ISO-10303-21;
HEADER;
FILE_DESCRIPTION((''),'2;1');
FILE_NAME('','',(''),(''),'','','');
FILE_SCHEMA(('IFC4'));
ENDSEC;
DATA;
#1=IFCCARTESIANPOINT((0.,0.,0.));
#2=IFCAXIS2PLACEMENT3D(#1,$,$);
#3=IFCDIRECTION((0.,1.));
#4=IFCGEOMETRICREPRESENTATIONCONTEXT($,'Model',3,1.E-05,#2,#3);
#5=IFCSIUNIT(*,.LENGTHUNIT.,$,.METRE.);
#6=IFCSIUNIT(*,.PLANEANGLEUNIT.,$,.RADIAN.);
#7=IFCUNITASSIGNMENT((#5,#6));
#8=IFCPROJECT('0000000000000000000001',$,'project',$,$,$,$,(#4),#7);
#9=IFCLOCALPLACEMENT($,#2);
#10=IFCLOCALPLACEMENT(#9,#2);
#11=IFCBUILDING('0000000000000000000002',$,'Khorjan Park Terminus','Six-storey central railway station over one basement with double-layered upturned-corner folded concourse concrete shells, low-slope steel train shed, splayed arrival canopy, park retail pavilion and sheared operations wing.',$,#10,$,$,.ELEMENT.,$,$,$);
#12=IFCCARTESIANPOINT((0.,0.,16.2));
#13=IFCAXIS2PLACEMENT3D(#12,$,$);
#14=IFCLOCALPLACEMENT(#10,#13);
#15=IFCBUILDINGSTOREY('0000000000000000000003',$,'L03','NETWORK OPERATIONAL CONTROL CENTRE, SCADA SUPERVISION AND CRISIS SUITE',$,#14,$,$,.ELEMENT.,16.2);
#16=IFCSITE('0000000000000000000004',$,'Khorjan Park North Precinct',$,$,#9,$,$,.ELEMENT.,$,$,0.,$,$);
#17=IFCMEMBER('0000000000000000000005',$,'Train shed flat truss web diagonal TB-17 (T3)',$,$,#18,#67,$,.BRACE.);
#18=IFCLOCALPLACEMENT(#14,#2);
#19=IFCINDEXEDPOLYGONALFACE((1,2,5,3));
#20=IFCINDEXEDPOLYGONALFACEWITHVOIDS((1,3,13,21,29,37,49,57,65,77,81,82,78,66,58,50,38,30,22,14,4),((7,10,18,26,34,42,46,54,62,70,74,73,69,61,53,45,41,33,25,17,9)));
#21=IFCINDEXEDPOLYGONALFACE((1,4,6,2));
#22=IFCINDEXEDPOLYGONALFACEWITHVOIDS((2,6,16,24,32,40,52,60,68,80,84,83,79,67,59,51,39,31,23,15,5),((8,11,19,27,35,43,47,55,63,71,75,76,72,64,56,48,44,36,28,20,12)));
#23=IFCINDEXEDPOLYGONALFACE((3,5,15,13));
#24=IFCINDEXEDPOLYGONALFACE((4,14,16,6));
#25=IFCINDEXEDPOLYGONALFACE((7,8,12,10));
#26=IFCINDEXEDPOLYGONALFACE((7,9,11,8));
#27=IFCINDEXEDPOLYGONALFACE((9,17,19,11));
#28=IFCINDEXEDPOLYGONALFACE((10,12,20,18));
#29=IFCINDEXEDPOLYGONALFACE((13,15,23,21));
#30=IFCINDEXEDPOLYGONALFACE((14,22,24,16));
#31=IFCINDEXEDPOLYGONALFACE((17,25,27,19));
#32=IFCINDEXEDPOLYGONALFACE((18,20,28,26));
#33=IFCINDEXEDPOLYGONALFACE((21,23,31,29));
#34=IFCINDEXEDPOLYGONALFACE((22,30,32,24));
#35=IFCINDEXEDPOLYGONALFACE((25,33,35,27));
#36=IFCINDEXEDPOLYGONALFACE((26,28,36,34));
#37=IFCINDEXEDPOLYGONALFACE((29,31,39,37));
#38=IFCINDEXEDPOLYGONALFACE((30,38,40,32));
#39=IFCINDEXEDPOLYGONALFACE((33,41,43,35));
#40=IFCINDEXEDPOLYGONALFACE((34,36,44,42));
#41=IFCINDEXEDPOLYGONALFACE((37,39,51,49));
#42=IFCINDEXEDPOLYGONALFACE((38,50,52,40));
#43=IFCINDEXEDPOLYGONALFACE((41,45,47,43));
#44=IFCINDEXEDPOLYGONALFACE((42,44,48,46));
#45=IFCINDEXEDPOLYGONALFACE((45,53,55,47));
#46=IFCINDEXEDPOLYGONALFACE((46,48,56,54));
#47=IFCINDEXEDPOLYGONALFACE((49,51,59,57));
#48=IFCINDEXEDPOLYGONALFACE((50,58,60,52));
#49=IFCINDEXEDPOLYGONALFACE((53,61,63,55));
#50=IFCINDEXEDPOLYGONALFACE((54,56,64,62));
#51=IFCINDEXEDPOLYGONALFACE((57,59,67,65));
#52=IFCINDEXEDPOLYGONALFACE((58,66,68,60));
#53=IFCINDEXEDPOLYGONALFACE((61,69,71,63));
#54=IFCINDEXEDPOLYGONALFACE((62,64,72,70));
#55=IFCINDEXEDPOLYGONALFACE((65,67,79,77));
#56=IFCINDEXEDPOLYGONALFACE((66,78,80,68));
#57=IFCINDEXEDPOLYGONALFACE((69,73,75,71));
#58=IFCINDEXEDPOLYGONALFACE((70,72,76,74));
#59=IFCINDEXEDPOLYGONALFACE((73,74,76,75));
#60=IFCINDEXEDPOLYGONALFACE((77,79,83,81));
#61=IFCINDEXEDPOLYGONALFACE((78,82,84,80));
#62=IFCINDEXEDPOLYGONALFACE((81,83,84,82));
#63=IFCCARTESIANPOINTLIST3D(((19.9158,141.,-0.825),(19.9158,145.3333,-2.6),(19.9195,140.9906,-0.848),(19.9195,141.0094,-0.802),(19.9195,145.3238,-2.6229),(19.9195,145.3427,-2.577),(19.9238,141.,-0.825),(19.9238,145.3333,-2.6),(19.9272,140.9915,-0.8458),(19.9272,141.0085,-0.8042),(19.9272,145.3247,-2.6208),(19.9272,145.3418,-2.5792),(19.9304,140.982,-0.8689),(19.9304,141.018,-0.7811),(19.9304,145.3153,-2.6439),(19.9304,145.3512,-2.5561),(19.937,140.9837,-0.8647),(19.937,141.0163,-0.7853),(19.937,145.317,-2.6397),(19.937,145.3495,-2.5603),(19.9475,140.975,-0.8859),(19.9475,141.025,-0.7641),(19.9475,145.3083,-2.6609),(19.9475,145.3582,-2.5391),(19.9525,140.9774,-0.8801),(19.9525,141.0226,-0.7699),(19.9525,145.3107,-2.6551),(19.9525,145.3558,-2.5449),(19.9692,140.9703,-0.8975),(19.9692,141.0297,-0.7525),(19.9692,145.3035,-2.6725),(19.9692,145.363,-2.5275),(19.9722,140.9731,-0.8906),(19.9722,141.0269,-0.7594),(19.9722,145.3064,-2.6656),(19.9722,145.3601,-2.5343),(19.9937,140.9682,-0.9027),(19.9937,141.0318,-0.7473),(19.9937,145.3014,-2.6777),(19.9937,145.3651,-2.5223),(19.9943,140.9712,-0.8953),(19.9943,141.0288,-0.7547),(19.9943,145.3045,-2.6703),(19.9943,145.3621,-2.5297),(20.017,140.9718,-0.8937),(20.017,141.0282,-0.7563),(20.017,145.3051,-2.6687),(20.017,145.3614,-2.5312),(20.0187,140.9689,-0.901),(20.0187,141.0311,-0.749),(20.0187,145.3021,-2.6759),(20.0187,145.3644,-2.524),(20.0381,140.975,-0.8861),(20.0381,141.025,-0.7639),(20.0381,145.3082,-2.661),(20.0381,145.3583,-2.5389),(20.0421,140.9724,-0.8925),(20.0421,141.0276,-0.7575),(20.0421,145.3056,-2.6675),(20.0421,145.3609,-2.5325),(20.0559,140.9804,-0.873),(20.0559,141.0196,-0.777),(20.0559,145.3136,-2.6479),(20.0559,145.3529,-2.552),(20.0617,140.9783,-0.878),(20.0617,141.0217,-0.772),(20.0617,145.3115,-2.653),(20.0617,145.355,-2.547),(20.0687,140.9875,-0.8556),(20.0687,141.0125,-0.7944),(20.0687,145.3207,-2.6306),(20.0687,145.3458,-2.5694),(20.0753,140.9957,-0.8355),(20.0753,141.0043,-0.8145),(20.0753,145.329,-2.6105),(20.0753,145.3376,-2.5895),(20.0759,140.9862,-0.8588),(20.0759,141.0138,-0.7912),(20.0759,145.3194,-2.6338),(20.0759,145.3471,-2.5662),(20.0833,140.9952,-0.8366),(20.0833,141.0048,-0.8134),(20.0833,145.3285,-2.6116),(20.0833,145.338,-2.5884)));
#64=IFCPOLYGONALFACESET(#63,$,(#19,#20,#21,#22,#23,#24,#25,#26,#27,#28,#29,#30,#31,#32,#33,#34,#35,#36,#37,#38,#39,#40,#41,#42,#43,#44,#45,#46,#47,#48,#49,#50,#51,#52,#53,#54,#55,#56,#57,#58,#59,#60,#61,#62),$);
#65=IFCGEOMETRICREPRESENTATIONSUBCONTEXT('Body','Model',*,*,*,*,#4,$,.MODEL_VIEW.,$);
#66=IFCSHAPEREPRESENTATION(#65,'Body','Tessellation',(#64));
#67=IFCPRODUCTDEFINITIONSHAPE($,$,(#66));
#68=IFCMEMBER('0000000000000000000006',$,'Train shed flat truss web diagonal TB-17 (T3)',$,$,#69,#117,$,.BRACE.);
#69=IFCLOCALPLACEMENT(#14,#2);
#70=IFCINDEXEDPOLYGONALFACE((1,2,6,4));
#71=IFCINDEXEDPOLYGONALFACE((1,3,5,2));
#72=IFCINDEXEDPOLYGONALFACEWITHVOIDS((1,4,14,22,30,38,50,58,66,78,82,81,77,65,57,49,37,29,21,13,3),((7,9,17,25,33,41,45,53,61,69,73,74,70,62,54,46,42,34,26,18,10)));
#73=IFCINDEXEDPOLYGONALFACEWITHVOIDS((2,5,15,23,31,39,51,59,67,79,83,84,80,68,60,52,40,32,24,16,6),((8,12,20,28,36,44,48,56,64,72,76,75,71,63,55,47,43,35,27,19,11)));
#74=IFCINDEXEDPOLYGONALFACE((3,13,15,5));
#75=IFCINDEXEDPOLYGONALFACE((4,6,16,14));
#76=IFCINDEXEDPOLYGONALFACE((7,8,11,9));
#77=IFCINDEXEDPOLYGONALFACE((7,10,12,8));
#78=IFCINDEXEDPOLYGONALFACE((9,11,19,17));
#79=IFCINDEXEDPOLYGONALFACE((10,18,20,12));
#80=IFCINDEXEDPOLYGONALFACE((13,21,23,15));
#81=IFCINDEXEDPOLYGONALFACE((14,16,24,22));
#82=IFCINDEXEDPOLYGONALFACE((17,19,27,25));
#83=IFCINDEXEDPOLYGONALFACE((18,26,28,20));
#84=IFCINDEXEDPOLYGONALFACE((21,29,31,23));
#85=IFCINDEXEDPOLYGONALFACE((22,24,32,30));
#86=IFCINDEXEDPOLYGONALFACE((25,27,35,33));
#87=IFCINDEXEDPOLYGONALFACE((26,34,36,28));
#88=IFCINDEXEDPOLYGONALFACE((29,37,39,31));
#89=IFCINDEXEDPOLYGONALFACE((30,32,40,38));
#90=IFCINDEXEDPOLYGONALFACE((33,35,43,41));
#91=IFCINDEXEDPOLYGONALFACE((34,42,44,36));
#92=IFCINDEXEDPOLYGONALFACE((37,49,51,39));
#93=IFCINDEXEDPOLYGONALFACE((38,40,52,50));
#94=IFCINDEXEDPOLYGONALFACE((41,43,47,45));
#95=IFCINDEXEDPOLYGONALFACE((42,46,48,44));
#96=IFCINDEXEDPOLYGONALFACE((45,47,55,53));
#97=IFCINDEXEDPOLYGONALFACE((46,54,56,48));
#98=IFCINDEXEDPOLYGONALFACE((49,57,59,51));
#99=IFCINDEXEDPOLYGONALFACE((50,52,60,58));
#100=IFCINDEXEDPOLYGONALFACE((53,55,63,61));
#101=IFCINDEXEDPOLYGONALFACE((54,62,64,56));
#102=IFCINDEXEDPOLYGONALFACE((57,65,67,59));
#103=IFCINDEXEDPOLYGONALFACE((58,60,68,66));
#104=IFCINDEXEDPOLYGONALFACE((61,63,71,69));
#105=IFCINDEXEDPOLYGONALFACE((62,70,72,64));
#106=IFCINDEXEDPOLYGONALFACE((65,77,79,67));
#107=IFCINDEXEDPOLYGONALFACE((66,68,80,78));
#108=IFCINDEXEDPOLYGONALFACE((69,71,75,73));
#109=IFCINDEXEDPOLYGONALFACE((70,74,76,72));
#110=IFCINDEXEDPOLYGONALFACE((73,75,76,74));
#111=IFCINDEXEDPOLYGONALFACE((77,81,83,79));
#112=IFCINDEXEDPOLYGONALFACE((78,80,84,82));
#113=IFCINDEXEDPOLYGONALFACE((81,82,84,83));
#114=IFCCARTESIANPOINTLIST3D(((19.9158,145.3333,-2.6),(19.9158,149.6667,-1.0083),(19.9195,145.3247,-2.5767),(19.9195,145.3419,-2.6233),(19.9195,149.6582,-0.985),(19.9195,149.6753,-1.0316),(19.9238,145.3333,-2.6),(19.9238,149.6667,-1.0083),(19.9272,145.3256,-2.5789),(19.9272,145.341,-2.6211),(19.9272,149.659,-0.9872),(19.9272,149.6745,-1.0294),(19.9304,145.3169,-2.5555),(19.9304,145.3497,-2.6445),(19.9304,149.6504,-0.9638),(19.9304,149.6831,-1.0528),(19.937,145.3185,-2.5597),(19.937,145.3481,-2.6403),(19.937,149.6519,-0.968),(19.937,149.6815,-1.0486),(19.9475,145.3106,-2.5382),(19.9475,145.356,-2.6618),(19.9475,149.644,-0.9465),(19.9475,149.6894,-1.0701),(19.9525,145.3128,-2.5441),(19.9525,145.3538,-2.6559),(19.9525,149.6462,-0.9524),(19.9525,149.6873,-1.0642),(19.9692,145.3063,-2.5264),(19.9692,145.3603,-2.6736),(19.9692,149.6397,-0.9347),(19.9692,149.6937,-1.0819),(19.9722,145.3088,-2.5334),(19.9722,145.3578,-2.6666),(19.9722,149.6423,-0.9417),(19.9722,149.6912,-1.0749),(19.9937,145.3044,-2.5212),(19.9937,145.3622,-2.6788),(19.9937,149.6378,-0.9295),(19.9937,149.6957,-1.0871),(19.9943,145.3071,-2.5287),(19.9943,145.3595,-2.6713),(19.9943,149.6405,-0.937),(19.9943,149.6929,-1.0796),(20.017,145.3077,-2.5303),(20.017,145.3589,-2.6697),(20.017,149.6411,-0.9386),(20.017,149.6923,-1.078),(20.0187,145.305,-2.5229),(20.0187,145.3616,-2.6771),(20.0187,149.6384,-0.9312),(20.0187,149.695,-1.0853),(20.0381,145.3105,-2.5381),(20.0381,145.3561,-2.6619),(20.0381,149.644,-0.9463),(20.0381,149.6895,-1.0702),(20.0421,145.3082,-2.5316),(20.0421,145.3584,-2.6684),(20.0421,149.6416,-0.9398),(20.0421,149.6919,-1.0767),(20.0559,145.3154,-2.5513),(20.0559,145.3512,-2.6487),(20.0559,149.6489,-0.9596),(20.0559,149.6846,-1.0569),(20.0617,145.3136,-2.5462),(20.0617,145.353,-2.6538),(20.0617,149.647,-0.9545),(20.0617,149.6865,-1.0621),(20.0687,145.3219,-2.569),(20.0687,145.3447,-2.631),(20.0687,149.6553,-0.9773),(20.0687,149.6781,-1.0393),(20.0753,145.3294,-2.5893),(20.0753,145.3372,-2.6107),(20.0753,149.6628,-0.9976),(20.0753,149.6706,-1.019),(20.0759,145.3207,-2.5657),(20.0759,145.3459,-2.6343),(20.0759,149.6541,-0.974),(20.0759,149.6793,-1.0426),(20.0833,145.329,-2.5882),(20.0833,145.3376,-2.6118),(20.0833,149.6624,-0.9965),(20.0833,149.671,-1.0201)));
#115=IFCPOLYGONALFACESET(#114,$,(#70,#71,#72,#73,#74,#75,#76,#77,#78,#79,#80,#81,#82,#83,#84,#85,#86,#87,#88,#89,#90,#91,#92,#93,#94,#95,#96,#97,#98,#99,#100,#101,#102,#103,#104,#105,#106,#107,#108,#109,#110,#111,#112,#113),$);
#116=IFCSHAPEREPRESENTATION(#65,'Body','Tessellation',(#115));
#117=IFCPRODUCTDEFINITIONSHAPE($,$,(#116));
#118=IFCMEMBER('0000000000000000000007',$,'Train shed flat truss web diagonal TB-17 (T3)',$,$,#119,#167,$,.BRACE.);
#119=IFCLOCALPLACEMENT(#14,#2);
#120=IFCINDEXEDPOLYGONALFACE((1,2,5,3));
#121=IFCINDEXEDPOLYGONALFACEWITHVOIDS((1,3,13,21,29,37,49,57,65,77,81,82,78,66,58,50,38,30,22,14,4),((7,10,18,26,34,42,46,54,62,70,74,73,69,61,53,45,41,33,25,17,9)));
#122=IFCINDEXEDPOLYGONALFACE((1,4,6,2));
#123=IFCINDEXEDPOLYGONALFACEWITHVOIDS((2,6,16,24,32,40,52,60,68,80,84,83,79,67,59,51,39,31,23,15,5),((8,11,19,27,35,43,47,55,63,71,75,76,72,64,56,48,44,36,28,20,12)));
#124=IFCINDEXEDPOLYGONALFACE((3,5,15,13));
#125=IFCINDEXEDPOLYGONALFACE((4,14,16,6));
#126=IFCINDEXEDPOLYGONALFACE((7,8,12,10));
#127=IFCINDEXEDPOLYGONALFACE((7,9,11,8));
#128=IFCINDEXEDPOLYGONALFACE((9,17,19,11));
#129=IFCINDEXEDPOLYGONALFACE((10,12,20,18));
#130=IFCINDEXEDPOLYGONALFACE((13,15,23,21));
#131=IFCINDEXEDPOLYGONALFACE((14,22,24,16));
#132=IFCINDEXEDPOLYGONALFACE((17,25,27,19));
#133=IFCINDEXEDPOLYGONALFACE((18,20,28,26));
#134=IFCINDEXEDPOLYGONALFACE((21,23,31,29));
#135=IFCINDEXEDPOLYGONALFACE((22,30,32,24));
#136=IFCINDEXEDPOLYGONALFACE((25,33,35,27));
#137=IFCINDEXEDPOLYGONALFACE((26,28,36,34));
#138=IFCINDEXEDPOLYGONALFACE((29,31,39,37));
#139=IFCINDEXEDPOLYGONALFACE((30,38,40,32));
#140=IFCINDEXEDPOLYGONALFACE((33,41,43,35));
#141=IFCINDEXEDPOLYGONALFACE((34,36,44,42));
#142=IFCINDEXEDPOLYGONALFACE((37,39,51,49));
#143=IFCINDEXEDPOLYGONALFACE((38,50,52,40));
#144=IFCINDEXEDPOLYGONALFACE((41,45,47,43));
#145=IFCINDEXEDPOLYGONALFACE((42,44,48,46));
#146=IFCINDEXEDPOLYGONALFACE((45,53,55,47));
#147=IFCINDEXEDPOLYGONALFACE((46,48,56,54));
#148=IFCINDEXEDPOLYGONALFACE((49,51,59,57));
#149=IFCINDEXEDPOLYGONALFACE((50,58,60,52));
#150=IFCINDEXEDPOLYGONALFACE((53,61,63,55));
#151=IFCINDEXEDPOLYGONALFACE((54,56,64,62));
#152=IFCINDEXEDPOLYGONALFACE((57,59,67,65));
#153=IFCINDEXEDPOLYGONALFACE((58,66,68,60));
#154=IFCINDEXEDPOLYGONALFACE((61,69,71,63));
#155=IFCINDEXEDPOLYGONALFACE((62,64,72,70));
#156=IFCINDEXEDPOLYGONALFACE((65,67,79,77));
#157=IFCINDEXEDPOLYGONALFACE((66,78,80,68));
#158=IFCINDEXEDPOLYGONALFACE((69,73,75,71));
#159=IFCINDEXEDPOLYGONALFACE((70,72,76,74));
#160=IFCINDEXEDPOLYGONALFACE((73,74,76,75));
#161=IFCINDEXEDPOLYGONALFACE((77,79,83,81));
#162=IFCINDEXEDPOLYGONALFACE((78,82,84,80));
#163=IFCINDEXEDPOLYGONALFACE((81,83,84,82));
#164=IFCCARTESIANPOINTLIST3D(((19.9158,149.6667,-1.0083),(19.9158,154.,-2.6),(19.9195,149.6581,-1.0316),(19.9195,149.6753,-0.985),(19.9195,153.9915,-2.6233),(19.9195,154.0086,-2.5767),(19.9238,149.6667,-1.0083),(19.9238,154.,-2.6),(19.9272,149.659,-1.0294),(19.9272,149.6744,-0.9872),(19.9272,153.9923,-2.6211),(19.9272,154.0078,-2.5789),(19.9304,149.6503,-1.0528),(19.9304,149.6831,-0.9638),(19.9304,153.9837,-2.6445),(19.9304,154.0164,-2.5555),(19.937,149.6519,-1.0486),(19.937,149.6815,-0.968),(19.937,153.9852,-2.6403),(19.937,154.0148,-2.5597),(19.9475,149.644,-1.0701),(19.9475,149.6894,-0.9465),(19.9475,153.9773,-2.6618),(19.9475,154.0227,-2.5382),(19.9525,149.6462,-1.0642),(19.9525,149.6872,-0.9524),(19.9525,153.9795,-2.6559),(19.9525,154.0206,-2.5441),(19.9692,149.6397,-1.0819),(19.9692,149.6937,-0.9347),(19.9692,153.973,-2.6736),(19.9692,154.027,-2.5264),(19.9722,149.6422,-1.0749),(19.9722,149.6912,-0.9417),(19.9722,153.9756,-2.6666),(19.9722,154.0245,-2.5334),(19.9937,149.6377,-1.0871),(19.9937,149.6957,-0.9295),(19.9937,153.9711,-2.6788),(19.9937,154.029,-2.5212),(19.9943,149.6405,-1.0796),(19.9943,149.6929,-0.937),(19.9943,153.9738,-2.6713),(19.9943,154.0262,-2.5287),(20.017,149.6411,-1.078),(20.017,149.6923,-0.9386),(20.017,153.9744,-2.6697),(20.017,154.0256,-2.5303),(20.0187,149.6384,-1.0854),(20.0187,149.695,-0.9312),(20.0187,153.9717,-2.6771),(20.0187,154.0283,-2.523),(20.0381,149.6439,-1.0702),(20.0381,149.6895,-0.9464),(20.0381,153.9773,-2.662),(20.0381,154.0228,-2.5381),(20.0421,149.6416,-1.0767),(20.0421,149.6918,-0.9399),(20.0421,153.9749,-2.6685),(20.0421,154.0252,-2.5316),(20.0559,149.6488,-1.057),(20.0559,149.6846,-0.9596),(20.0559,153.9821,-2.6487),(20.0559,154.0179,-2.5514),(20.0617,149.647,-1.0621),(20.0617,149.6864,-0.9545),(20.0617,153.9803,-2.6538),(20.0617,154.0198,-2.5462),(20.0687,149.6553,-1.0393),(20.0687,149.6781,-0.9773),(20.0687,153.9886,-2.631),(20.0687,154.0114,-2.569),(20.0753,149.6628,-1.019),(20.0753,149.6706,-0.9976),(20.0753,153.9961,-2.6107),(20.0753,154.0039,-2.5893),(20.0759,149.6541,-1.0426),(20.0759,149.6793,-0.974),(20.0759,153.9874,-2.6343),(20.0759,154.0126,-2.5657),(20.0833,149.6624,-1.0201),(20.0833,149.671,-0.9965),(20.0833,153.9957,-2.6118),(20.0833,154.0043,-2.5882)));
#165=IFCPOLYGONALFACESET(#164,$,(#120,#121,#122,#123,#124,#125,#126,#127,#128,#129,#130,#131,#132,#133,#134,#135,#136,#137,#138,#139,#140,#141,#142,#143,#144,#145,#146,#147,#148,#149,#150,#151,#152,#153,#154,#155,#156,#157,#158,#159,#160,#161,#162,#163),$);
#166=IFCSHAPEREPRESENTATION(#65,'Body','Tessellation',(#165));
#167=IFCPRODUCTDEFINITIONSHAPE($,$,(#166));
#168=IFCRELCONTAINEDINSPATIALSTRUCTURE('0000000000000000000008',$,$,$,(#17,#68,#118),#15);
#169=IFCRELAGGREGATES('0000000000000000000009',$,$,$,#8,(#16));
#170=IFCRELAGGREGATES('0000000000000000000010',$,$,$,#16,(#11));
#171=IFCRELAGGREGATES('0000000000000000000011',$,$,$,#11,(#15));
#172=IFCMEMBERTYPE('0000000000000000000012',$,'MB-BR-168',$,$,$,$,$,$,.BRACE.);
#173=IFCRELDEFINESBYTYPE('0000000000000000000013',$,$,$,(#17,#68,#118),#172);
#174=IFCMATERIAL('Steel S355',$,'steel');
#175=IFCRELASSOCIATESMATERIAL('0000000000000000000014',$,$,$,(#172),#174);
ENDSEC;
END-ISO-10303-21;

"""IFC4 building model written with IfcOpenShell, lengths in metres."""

from ifc_helpers import new_model, si_unit, direction, frame, origin, origin_2d, place, context, subcontext, project, spatial, hollow_circle, extrude, material, material_profile, profile_set, type_object, element, save


model = new_model("IFC4")

# Units and contexts
model_context = context("Model", 3, precision=1e-05, world=origin(), true_north=direction((0.0, 1.0)))
body_context = subcontext(model_context, "Body", "Model", "MODEL_VIEW")
ifc_project = project(units=[si_unit("LENGTHUNIT", "METRE"), si_unit("PLANEANGLEUNIT", "RADIAN")], contexts=[model_context])

# Site, building, storey
site_placement = place(None, origin())
site = spatial("IfcSite", under=ifc_project, at=site_placement, Name="Khorjan Park North Precinct", CompositionType="ELEMENT", RefElevation=0.0)
building_placement = place(site_placement, origin())
building = spatial("IfcBuilding", under=site, at=building_placement, Name="Khorjan Park Terminus", Description="Six-storey central railway station over one basement with double-layered upturned-corner folded concourse concrete shells, low-slope steel train shed, splayed arrival canopy, park retail pavilion and sheared operations wing.", CompositionType="ELEMENT")
storey_placement = place(building_placement, frame((0.0, 0.0, 16.2)))
storey = spatial("IfcBuildingStorey", under=building, at=storey_placement, Name="L03", Description="NETWORK OPERATIONAL CONTROL CENTRE, SCADA SUPERVISION AND CRISIS SUITE", CompositionType="ELEMENT", Elevation=16.2)

# Members
ifc_material = material(Name="Steel S355", Category="steel")
ifc_material_profile_1 = material_profile(ifc_material, hollow_circle(Radius=0.0842, WallThickness=0.008, at=origin_2d()), Name="CHS 168.3x8")
ifc_profile_set_1 = profile_set([ifc_material_profile_1], Name="Steel S355")
member_type_1 = type_object("IfcMemberType", Name="MB-BR-168", PredefinedType="BRACE", material=ifc_profile_set_1)
member_1_placement = place(storey_placement, frame((20.0, 141.0, -0.825), z_axis=(0.0, 0.925376, -0.379051), x_axis=(-1.0, 0.0, 0.0)))
element("IfcMember", 1, at=member_1_placement, inside=storey, type_object=member_type_1, Name="Train shed flat truss web diagonal TB-17 (T3)", PredefinedType="BRACE", context=body_context, shape_type="SweptSolid", body=[
    extrude(hollow_circle(Radius=0.0842, WallThickness=0.008, at=origin_2d()), origin(), (0.0, 0.0, 1.0), 4.6827),
])
member_2_placement = place(storey_placement, frame((20.0, 145.3333, -2.6), z_axis=(0.0, 0.938681, 0.344787), x_axis=(-1.0, 0.0, 0.0)))
element("IfcMember", 2, at=member_2_placement, inside=storey, type_object=member_type_1, Name="Train shed flat truss web diagonal TB-17 (T3)", PredefinedType="BRACE", context=body_context, shape_type="SweptSolid", body=[
    extrude(hollow_circle(Radius=0.0842, WallThickness=0.008, at=origin_2d()), origin(), (0.0, 0.0, 1.0), 4.6165),
])
member_3_placement = place(storey_placement, frame((20.0, 149.6667, -1.0083), z_axis=(0.0, 0.938678, -0.344794), x_axis=(-1.0, 0.0, 0.0)))
element("IfcMember", 3, at=member_3_placement, inside=storey, type_object=member_type_1, Name="Train shed flat truss web diagonal TB-17 (T3)", PredefinedType="BRACE", context=body_context, shape_type="SweptSolid", body=[
    extrude(hollow_circle(Radius=0.0842, WallThickness=0.008, at=origin_2d()), origin(), (0.0, 0.0, 1.0), 4.6164),
])

save(model, "model.ifc")
